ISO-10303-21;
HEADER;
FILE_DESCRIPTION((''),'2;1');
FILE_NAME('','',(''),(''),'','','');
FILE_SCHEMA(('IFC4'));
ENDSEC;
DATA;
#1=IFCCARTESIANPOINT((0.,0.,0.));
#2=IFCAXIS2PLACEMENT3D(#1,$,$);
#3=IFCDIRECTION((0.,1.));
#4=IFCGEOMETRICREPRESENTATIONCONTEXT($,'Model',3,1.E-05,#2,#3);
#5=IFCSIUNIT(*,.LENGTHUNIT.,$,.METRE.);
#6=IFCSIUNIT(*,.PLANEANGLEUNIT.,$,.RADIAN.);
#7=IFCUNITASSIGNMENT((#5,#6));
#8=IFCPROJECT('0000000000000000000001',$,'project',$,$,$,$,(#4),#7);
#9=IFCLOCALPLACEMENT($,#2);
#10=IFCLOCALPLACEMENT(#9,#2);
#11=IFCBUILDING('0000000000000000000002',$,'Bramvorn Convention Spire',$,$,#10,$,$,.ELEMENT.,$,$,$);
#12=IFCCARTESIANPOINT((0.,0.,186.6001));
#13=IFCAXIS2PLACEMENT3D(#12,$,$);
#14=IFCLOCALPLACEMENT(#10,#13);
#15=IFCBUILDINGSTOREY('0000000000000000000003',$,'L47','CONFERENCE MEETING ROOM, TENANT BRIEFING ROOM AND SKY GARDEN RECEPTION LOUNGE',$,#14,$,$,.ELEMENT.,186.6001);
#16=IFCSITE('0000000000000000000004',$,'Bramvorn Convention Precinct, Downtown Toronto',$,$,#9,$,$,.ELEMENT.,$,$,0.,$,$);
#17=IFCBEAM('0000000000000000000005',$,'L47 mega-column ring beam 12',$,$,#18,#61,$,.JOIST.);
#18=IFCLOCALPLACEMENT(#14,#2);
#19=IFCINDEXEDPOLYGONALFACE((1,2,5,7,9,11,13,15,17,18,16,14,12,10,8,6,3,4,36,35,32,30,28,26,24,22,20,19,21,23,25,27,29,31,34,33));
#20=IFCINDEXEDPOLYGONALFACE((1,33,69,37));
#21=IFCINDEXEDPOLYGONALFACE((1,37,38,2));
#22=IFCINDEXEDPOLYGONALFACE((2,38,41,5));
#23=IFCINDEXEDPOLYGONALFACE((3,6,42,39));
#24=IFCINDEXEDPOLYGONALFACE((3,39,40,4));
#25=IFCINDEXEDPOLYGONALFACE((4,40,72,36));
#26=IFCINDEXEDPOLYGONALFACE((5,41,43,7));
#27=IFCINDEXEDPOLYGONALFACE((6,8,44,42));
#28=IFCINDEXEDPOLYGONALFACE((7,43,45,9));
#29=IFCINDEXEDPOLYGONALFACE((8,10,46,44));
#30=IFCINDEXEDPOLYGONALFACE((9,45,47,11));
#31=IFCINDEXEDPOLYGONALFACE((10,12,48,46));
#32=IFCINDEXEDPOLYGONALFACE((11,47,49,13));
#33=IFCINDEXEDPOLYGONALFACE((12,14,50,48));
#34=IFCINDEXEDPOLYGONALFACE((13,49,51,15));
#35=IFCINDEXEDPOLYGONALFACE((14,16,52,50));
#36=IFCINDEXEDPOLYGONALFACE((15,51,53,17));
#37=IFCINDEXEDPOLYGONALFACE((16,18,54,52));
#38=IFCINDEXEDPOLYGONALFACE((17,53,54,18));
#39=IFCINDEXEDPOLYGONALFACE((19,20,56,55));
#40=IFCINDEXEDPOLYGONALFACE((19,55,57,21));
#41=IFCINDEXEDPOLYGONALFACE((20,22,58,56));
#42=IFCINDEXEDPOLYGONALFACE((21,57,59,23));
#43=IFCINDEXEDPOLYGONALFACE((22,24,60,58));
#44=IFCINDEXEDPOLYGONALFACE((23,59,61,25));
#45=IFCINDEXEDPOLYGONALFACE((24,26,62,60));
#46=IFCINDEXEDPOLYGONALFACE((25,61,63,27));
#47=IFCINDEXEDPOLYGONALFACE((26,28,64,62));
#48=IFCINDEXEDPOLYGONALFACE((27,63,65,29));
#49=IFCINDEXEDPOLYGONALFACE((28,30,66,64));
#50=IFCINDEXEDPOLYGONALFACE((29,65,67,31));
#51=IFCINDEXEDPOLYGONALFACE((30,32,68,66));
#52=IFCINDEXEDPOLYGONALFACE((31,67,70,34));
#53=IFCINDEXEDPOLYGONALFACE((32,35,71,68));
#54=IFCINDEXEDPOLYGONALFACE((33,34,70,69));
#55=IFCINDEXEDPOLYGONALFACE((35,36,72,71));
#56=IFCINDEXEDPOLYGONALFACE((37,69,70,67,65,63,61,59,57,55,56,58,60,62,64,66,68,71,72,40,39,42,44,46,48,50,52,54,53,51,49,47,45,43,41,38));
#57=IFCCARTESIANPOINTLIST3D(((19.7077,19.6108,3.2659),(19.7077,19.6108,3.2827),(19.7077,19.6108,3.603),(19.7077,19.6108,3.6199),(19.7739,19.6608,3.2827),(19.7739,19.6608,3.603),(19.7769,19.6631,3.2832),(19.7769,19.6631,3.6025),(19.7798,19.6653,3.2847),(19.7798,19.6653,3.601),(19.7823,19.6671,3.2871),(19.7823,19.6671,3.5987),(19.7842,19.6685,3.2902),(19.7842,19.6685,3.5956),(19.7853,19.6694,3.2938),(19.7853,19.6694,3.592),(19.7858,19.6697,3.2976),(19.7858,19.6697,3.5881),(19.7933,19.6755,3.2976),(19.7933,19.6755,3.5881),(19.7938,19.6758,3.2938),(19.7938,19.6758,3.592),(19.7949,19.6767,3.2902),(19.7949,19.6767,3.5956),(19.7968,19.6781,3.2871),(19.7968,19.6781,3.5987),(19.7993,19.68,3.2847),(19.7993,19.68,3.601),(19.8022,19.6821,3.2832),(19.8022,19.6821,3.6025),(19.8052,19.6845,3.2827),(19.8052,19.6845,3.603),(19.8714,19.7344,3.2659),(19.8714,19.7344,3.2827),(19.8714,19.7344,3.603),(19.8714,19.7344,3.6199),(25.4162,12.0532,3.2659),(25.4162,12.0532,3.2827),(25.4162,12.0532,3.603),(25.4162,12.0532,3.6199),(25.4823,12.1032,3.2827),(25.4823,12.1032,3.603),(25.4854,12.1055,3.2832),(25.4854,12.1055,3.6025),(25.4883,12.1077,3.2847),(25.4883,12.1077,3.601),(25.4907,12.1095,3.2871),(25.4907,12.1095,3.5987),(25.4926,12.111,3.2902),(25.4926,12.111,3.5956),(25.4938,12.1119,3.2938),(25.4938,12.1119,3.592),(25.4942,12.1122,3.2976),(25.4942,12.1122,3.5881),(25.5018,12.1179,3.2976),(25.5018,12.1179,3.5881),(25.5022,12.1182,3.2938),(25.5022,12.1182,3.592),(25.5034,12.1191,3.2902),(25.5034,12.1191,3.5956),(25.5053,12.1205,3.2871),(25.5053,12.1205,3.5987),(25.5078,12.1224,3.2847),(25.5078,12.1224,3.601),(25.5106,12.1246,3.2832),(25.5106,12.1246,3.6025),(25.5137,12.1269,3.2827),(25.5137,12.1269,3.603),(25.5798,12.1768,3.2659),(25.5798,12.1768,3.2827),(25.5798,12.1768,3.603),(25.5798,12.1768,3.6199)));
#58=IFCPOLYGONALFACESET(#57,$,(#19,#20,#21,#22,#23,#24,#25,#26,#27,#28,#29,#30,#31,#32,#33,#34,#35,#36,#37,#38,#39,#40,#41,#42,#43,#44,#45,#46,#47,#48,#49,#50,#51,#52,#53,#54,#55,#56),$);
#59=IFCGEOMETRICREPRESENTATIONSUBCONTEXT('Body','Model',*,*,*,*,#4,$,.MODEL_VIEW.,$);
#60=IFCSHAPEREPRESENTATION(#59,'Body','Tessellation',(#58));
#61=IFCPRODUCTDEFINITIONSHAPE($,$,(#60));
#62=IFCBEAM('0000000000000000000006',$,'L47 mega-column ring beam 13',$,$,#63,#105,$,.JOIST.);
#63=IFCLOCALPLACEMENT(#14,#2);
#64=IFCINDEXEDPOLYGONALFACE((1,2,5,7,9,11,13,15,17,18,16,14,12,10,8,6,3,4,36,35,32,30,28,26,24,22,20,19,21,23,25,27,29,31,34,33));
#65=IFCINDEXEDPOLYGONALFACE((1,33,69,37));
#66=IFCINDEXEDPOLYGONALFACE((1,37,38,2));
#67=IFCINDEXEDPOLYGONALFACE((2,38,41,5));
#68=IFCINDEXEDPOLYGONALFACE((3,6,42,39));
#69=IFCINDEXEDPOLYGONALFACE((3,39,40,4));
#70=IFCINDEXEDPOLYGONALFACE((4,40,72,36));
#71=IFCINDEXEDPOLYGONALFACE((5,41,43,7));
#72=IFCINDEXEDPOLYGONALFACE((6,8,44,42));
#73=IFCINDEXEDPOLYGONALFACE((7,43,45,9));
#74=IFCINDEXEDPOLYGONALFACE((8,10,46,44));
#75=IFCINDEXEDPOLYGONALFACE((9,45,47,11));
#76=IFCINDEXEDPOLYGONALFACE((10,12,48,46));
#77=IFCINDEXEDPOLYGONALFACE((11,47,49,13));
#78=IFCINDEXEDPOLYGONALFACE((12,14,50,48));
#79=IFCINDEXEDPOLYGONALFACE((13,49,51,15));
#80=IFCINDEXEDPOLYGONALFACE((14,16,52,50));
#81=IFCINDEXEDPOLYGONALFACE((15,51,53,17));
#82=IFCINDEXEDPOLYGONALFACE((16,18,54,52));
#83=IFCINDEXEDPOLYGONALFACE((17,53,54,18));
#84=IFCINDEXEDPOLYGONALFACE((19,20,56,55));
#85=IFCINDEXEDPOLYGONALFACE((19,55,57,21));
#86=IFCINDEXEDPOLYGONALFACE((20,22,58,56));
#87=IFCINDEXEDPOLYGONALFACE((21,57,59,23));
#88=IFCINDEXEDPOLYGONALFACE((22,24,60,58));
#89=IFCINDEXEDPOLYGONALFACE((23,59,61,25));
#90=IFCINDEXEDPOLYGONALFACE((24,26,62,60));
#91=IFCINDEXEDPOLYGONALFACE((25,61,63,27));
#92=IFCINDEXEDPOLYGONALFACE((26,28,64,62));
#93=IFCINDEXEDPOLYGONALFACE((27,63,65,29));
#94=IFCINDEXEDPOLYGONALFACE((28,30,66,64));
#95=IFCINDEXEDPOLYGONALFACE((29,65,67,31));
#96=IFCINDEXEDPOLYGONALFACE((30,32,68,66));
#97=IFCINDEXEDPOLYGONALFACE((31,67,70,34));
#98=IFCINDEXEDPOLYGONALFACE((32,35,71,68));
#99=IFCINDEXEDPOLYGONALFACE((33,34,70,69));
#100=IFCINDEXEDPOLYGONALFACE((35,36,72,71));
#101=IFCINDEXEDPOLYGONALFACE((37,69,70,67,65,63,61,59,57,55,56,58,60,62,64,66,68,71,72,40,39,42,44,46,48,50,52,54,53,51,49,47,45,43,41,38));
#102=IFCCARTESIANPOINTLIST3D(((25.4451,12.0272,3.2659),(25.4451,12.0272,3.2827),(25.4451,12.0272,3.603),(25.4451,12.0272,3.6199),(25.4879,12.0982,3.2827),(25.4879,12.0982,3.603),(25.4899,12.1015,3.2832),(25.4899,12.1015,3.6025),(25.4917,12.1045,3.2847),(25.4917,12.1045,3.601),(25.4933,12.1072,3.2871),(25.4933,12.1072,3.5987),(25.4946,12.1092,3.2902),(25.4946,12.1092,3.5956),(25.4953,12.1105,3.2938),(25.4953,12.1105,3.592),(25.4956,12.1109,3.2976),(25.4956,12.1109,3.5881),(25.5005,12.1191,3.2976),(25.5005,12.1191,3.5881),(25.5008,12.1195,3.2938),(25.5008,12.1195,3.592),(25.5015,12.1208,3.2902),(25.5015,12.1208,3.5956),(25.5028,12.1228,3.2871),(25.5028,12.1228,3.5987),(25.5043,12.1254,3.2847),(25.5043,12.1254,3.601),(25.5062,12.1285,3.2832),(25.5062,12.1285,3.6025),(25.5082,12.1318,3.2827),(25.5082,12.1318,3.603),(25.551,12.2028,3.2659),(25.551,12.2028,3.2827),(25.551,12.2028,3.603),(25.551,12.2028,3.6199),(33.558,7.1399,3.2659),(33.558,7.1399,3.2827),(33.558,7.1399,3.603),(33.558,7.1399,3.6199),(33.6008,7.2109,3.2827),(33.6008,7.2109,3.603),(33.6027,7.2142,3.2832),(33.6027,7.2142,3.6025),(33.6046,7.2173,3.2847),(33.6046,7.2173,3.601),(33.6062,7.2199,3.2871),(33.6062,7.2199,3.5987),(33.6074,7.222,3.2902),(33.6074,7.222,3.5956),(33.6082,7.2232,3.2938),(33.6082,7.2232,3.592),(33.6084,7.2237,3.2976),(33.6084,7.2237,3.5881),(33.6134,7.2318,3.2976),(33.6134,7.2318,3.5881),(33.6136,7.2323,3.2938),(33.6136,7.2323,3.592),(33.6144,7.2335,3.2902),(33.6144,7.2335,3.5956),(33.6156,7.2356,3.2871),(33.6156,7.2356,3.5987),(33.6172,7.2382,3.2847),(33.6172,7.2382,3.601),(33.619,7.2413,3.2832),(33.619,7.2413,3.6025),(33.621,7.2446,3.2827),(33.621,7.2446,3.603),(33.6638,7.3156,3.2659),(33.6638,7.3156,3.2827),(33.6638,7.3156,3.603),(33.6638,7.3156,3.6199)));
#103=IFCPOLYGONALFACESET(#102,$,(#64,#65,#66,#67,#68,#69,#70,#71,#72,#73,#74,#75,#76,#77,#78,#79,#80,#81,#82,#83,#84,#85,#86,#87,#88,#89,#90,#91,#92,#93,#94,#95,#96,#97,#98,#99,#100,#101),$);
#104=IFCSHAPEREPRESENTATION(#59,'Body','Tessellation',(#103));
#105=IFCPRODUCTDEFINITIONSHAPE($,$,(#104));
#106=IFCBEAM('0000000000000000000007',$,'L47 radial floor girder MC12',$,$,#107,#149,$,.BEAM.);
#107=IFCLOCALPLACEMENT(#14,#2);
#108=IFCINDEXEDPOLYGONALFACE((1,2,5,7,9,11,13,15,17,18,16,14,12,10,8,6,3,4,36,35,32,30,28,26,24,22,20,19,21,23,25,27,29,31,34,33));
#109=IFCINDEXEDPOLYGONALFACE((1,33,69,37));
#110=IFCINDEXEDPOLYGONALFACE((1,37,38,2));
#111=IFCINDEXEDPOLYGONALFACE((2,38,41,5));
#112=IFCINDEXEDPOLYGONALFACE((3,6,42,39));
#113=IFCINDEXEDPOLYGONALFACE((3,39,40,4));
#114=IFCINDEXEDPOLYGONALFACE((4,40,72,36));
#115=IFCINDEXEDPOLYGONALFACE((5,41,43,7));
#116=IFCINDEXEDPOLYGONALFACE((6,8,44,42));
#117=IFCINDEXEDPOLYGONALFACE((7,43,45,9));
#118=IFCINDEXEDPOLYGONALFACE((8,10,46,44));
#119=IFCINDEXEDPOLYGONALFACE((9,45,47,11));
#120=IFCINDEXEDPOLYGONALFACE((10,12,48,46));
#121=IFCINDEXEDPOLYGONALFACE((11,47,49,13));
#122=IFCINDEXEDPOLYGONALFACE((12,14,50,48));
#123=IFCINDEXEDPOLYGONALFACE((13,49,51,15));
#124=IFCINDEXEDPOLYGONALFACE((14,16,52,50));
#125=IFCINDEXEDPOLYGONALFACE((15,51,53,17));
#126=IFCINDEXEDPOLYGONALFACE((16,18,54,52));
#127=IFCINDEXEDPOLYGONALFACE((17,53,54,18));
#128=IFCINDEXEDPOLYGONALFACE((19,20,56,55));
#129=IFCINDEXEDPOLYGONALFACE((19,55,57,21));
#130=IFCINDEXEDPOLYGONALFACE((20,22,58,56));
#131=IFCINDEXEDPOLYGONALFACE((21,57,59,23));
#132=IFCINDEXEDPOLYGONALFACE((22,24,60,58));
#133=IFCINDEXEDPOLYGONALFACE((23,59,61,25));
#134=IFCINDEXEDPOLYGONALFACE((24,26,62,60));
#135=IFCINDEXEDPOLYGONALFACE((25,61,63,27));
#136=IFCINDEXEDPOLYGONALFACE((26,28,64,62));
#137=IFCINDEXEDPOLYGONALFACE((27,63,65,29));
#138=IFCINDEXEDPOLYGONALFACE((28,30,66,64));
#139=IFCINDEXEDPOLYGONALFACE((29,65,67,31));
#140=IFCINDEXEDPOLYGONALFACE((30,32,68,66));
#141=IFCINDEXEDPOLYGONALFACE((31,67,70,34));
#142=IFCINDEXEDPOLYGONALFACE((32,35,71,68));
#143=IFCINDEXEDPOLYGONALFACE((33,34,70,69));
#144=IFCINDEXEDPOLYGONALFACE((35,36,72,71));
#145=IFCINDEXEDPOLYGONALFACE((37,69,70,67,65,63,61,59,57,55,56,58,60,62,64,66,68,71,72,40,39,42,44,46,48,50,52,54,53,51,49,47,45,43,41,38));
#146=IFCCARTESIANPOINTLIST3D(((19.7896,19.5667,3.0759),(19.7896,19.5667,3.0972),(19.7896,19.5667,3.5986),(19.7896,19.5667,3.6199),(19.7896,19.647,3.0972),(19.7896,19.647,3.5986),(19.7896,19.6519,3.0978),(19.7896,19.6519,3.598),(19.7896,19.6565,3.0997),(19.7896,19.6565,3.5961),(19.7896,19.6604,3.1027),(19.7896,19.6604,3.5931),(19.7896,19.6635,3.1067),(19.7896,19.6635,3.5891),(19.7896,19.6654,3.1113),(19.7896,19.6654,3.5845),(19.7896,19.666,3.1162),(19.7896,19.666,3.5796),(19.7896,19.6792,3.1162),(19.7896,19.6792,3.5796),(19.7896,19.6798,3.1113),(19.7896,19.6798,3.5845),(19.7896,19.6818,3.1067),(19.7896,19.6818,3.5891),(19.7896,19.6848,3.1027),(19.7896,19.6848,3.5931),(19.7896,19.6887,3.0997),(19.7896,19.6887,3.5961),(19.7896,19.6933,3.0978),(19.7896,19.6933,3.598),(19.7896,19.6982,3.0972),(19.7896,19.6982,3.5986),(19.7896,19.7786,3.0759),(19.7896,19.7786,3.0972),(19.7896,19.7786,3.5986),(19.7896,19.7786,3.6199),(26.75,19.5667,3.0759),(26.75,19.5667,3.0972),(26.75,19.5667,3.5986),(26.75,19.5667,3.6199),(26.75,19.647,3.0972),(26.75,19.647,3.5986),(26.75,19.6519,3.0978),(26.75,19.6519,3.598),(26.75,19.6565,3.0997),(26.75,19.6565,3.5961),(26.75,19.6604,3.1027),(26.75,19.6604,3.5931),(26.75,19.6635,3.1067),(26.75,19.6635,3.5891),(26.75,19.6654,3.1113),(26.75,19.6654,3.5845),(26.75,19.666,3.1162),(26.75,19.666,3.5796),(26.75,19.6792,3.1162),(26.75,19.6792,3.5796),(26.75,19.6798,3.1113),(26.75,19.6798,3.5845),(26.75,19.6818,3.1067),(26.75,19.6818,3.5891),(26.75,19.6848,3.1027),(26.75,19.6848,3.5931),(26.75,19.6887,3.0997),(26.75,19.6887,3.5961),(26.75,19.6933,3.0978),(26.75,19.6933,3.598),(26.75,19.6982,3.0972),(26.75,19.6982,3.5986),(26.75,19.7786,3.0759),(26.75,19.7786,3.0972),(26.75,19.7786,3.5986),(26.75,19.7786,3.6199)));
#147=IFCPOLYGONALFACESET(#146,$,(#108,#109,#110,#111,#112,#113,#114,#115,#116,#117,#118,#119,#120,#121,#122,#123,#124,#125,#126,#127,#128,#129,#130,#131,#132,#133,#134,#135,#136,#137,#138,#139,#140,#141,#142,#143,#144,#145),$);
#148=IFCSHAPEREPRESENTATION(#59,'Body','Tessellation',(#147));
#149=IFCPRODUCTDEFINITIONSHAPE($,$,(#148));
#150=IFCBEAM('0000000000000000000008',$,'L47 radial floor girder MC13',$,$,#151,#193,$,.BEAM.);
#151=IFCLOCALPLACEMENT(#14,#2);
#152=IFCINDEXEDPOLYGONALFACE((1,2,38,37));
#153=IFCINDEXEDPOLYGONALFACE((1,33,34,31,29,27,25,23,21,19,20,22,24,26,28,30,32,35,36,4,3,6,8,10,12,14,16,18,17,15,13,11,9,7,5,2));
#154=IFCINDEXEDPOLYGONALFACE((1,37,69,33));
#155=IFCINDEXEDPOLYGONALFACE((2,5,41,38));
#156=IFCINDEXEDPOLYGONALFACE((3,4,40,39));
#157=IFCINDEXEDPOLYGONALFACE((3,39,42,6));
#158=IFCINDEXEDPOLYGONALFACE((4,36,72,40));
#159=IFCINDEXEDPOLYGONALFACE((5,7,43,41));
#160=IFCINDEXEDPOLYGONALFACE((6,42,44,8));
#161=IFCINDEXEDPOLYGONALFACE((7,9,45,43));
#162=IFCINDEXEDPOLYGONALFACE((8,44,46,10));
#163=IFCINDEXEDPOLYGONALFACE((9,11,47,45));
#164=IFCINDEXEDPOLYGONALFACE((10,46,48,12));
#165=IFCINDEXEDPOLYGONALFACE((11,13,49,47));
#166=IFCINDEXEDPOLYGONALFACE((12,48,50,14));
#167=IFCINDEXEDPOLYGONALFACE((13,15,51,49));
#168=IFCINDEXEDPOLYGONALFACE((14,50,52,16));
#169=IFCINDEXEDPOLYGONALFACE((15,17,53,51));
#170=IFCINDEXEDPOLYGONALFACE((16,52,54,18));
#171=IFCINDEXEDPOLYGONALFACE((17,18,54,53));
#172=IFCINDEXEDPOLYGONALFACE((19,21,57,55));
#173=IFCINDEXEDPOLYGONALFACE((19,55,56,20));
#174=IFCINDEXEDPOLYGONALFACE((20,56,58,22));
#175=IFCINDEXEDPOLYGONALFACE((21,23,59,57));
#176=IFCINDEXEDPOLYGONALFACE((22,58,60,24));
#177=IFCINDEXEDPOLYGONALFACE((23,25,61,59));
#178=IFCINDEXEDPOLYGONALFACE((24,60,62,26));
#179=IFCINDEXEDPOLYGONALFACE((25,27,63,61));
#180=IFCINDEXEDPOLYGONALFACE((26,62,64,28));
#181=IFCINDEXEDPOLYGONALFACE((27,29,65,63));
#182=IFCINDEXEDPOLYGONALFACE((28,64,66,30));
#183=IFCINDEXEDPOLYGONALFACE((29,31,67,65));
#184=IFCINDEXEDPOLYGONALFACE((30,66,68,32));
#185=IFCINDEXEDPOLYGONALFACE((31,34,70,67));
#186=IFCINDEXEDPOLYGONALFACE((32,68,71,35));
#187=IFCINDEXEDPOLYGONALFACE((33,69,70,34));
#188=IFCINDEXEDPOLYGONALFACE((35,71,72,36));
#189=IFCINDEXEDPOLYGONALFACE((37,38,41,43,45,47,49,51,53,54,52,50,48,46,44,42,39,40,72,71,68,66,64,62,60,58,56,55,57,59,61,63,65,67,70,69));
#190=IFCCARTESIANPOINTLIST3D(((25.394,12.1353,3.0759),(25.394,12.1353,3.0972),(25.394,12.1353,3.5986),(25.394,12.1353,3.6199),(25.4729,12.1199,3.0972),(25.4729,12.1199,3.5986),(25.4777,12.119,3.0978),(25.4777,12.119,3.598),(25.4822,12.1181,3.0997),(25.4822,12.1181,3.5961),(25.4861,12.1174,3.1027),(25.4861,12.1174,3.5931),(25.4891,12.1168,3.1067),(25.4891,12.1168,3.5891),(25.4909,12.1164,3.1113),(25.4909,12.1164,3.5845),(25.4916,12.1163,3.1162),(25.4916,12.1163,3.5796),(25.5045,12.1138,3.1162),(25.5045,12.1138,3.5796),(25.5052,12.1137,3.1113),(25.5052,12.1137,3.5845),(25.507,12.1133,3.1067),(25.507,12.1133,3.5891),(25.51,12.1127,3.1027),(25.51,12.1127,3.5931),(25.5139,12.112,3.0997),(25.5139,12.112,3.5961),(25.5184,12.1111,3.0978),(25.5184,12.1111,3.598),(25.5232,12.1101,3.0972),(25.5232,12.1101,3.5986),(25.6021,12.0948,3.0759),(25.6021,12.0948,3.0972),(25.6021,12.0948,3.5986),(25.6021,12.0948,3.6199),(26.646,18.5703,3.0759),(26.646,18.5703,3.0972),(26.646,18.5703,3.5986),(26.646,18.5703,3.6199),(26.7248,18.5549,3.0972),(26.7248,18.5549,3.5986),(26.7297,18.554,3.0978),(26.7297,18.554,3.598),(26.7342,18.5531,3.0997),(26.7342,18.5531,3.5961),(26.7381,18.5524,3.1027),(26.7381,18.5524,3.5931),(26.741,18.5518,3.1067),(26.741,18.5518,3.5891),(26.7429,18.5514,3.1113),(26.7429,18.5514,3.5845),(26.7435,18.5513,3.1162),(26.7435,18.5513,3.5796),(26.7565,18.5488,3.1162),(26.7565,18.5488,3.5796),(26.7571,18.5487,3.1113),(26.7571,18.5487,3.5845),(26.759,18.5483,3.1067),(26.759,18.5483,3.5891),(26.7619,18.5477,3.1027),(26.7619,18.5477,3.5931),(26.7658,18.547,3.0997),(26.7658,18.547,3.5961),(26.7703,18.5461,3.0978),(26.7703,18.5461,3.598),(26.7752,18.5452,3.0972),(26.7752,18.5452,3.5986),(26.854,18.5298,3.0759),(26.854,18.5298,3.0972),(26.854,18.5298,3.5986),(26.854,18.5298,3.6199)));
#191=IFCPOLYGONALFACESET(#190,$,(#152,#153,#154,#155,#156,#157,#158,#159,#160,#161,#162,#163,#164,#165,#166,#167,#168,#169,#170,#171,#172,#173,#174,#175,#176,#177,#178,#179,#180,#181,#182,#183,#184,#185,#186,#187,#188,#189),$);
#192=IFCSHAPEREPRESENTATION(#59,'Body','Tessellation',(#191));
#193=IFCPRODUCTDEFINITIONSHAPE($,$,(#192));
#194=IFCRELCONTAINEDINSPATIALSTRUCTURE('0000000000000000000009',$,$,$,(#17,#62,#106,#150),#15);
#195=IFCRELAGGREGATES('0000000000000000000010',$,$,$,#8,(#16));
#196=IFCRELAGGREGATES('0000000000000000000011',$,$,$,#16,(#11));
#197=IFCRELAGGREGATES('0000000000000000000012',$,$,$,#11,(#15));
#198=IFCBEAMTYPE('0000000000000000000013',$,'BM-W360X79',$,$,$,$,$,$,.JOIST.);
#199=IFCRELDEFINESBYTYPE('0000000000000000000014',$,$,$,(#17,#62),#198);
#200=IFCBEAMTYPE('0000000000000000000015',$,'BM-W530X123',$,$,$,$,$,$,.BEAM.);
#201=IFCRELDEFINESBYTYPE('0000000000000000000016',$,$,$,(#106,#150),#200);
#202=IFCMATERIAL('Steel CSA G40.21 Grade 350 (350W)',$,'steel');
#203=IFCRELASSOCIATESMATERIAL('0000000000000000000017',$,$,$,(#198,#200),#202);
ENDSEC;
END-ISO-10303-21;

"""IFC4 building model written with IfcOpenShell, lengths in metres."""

from ifc_helpers import new_model, si_unit, direction, frame, origin, origin_2d, place, context, subcontext, project, spatial, i_section, extrude, material, material_profile, profile_set, type_object, element, save


model = new_model("IFC4")

# Units and contexts
model_context = context("Model", 3, precision=1e-05, world=origin(), true_north=direction((0.0, 1.0)))
body_context = subcontext(model_context, "Body", "Model", "MODEL_VIEW")
ifc_project = project(units=[si_unit("LENGTHUNIT", "METRE"), si_unit("PLANEANGLEUNIT", "RADIAN")], contexts=[model_context])

# Site, building, storey
site_placement = place(None, origin())
site = spatial("IfcSite", under=ifc_project, at=site_placement, Name="Bramvorn Convention Precinct, Downtown Toronto", CompositionType="ELEMENT", RefElevation=0.0)
building_placement = place(site_placement, origin())
building = spatial("IfcBuilding", under=site, at=building_placement, Name="Bramvorn Convention Spire", CompositionType="ELEMENT")
storey_placement = place(building_placement, frame((0.0, 0.0, 186.6001)))
storey = spatial("IfcBuildingStorey", under=building, at=storey_placement, Name="L47", Description="CONFERENCE MEETING ROOM, TENANT BRIEFING ROOM AND SKY GARDEN RECEPTION LOUNGE", CompositionType="ELEMENT", Elevation=186.6001)

# Shared definitions
ifc_material_1 = material(Name="Steel CSA G40.21 Grade 350 (350W)", Category="steel")

# Beams
ifc_material_profile_1 = material_profile(ifc_material_1, i_section(OverallWidth=0.2051, OverallDepth=0.354, WebThickness=0.0095, FlangeThickness=0.0168, FilletRadius=0.0149, at=origin_2d()))
ifc_profile_set_1 = profile_set([ifc_material_profile_1], Name="Steel CSA G40.21 Grade 350 (350W) - W360X79")
beam_type_1 = type_object("IfcBeamType", Name="BM-W360X79", PredefinedType="JOIST", material=ifc_profile_set_1)
for number, where, z_axis, x_axis, name in (
    (1, (19.7896, 19.6726, 3.4429), (0.602719, -0.797954, 0.0), (0.797954, 0.602719, 0.0), "L47 mega-column ring beam 12"),
    (2, (25.498, 12.115, 3.4429), (0.856582, -0.516011, 0.0), (0.516011, 0.856582, 0.0), "L47 mega-column ring beam 13"),
):
    element("IfcBeam", number, at=place(storey_placement, frame(where, z_axis=z_axis, x_axis=x_axis)), inside=storey, type_object=beam_type_1, Name=name, PredefinedType="JOIST", context=body_context, shape_type="SweptSolid", body=[
        extrude(i_section(OverallWidth=0.2051, OverallDepth=0.354, WebThickness=0.0095, FlangeThickness=0.0168, FilletRadius=0.0149, at=origin_2d()), origin(), (0.0, 0.0, 1.0), 9.4712),
    ])
ifc_material_profile_2 = material_profile(ifc_material_1, i_section(OverallWidth=0.2119, OverallDepth=0.5439, WebThickness=0.0132, FlangeThickness=0.0212, FilletRadius=0.019, at=origin_2d()))
ifc_profile_set_2 = profile_set([ifc_material_profile_2], Name="Steel CSA G40.21 Grade 350 (350W) - W530X123")
beam_type_2 = type_object("IfcBeamType", Name="BM-W530X123", PredefinedType="BEAM", material=ifc_profile_set_2)
beam_1_placement = place(storey_placement, frame((26.75, 19.6726, 3.3479), z_axis=(-1.0, 0.0, 0.0), x_axis=(0.0, -1.0, 0.0)))
element("IfcBeam", 3, at=beam_1_placement, inside=storey, type_object=beam_type_2, Name="L47 radial floor girder MC12", PredefinedType="BEAM", context=body_context, shape_type="SweptSolid", body=[
    extrude(i_section(OverallWidth=0.2119, OverallDepth=0.5439, WebThickness=0.0132, FlangeThickness=0.0212, FilletRadius=0.019, at=origin_2d()), origin(), (0.0, 0.0, 1.0), 6.9604),
])
beam_2_placement = place(storey_placement, frame((26.75, 18.55, 3.3479), z_axis=(-0.190971, -0.981596, 0.0), x_axis=(0.981596, -0.190971, 0.0)))
element("IfcBeam", 4, at=beam_2_placement, inside=storey, type_object=beam_type_2, Name="L47 radial floor girder MC13", PredefinedType="BEAM", context=body_context, shape_type="SweptSolid", body=[
    extrude(i_section(OverallWidth=0.2119, OverallDepth=0.5439, WebThickness=0.0132, FlangeThickness=0.0212, FilletRadius=0.019, at=origin_2d()), origin(), (0.0, 0.0, 1.0), 6.5557),
])

save(model, "model.ifc")
